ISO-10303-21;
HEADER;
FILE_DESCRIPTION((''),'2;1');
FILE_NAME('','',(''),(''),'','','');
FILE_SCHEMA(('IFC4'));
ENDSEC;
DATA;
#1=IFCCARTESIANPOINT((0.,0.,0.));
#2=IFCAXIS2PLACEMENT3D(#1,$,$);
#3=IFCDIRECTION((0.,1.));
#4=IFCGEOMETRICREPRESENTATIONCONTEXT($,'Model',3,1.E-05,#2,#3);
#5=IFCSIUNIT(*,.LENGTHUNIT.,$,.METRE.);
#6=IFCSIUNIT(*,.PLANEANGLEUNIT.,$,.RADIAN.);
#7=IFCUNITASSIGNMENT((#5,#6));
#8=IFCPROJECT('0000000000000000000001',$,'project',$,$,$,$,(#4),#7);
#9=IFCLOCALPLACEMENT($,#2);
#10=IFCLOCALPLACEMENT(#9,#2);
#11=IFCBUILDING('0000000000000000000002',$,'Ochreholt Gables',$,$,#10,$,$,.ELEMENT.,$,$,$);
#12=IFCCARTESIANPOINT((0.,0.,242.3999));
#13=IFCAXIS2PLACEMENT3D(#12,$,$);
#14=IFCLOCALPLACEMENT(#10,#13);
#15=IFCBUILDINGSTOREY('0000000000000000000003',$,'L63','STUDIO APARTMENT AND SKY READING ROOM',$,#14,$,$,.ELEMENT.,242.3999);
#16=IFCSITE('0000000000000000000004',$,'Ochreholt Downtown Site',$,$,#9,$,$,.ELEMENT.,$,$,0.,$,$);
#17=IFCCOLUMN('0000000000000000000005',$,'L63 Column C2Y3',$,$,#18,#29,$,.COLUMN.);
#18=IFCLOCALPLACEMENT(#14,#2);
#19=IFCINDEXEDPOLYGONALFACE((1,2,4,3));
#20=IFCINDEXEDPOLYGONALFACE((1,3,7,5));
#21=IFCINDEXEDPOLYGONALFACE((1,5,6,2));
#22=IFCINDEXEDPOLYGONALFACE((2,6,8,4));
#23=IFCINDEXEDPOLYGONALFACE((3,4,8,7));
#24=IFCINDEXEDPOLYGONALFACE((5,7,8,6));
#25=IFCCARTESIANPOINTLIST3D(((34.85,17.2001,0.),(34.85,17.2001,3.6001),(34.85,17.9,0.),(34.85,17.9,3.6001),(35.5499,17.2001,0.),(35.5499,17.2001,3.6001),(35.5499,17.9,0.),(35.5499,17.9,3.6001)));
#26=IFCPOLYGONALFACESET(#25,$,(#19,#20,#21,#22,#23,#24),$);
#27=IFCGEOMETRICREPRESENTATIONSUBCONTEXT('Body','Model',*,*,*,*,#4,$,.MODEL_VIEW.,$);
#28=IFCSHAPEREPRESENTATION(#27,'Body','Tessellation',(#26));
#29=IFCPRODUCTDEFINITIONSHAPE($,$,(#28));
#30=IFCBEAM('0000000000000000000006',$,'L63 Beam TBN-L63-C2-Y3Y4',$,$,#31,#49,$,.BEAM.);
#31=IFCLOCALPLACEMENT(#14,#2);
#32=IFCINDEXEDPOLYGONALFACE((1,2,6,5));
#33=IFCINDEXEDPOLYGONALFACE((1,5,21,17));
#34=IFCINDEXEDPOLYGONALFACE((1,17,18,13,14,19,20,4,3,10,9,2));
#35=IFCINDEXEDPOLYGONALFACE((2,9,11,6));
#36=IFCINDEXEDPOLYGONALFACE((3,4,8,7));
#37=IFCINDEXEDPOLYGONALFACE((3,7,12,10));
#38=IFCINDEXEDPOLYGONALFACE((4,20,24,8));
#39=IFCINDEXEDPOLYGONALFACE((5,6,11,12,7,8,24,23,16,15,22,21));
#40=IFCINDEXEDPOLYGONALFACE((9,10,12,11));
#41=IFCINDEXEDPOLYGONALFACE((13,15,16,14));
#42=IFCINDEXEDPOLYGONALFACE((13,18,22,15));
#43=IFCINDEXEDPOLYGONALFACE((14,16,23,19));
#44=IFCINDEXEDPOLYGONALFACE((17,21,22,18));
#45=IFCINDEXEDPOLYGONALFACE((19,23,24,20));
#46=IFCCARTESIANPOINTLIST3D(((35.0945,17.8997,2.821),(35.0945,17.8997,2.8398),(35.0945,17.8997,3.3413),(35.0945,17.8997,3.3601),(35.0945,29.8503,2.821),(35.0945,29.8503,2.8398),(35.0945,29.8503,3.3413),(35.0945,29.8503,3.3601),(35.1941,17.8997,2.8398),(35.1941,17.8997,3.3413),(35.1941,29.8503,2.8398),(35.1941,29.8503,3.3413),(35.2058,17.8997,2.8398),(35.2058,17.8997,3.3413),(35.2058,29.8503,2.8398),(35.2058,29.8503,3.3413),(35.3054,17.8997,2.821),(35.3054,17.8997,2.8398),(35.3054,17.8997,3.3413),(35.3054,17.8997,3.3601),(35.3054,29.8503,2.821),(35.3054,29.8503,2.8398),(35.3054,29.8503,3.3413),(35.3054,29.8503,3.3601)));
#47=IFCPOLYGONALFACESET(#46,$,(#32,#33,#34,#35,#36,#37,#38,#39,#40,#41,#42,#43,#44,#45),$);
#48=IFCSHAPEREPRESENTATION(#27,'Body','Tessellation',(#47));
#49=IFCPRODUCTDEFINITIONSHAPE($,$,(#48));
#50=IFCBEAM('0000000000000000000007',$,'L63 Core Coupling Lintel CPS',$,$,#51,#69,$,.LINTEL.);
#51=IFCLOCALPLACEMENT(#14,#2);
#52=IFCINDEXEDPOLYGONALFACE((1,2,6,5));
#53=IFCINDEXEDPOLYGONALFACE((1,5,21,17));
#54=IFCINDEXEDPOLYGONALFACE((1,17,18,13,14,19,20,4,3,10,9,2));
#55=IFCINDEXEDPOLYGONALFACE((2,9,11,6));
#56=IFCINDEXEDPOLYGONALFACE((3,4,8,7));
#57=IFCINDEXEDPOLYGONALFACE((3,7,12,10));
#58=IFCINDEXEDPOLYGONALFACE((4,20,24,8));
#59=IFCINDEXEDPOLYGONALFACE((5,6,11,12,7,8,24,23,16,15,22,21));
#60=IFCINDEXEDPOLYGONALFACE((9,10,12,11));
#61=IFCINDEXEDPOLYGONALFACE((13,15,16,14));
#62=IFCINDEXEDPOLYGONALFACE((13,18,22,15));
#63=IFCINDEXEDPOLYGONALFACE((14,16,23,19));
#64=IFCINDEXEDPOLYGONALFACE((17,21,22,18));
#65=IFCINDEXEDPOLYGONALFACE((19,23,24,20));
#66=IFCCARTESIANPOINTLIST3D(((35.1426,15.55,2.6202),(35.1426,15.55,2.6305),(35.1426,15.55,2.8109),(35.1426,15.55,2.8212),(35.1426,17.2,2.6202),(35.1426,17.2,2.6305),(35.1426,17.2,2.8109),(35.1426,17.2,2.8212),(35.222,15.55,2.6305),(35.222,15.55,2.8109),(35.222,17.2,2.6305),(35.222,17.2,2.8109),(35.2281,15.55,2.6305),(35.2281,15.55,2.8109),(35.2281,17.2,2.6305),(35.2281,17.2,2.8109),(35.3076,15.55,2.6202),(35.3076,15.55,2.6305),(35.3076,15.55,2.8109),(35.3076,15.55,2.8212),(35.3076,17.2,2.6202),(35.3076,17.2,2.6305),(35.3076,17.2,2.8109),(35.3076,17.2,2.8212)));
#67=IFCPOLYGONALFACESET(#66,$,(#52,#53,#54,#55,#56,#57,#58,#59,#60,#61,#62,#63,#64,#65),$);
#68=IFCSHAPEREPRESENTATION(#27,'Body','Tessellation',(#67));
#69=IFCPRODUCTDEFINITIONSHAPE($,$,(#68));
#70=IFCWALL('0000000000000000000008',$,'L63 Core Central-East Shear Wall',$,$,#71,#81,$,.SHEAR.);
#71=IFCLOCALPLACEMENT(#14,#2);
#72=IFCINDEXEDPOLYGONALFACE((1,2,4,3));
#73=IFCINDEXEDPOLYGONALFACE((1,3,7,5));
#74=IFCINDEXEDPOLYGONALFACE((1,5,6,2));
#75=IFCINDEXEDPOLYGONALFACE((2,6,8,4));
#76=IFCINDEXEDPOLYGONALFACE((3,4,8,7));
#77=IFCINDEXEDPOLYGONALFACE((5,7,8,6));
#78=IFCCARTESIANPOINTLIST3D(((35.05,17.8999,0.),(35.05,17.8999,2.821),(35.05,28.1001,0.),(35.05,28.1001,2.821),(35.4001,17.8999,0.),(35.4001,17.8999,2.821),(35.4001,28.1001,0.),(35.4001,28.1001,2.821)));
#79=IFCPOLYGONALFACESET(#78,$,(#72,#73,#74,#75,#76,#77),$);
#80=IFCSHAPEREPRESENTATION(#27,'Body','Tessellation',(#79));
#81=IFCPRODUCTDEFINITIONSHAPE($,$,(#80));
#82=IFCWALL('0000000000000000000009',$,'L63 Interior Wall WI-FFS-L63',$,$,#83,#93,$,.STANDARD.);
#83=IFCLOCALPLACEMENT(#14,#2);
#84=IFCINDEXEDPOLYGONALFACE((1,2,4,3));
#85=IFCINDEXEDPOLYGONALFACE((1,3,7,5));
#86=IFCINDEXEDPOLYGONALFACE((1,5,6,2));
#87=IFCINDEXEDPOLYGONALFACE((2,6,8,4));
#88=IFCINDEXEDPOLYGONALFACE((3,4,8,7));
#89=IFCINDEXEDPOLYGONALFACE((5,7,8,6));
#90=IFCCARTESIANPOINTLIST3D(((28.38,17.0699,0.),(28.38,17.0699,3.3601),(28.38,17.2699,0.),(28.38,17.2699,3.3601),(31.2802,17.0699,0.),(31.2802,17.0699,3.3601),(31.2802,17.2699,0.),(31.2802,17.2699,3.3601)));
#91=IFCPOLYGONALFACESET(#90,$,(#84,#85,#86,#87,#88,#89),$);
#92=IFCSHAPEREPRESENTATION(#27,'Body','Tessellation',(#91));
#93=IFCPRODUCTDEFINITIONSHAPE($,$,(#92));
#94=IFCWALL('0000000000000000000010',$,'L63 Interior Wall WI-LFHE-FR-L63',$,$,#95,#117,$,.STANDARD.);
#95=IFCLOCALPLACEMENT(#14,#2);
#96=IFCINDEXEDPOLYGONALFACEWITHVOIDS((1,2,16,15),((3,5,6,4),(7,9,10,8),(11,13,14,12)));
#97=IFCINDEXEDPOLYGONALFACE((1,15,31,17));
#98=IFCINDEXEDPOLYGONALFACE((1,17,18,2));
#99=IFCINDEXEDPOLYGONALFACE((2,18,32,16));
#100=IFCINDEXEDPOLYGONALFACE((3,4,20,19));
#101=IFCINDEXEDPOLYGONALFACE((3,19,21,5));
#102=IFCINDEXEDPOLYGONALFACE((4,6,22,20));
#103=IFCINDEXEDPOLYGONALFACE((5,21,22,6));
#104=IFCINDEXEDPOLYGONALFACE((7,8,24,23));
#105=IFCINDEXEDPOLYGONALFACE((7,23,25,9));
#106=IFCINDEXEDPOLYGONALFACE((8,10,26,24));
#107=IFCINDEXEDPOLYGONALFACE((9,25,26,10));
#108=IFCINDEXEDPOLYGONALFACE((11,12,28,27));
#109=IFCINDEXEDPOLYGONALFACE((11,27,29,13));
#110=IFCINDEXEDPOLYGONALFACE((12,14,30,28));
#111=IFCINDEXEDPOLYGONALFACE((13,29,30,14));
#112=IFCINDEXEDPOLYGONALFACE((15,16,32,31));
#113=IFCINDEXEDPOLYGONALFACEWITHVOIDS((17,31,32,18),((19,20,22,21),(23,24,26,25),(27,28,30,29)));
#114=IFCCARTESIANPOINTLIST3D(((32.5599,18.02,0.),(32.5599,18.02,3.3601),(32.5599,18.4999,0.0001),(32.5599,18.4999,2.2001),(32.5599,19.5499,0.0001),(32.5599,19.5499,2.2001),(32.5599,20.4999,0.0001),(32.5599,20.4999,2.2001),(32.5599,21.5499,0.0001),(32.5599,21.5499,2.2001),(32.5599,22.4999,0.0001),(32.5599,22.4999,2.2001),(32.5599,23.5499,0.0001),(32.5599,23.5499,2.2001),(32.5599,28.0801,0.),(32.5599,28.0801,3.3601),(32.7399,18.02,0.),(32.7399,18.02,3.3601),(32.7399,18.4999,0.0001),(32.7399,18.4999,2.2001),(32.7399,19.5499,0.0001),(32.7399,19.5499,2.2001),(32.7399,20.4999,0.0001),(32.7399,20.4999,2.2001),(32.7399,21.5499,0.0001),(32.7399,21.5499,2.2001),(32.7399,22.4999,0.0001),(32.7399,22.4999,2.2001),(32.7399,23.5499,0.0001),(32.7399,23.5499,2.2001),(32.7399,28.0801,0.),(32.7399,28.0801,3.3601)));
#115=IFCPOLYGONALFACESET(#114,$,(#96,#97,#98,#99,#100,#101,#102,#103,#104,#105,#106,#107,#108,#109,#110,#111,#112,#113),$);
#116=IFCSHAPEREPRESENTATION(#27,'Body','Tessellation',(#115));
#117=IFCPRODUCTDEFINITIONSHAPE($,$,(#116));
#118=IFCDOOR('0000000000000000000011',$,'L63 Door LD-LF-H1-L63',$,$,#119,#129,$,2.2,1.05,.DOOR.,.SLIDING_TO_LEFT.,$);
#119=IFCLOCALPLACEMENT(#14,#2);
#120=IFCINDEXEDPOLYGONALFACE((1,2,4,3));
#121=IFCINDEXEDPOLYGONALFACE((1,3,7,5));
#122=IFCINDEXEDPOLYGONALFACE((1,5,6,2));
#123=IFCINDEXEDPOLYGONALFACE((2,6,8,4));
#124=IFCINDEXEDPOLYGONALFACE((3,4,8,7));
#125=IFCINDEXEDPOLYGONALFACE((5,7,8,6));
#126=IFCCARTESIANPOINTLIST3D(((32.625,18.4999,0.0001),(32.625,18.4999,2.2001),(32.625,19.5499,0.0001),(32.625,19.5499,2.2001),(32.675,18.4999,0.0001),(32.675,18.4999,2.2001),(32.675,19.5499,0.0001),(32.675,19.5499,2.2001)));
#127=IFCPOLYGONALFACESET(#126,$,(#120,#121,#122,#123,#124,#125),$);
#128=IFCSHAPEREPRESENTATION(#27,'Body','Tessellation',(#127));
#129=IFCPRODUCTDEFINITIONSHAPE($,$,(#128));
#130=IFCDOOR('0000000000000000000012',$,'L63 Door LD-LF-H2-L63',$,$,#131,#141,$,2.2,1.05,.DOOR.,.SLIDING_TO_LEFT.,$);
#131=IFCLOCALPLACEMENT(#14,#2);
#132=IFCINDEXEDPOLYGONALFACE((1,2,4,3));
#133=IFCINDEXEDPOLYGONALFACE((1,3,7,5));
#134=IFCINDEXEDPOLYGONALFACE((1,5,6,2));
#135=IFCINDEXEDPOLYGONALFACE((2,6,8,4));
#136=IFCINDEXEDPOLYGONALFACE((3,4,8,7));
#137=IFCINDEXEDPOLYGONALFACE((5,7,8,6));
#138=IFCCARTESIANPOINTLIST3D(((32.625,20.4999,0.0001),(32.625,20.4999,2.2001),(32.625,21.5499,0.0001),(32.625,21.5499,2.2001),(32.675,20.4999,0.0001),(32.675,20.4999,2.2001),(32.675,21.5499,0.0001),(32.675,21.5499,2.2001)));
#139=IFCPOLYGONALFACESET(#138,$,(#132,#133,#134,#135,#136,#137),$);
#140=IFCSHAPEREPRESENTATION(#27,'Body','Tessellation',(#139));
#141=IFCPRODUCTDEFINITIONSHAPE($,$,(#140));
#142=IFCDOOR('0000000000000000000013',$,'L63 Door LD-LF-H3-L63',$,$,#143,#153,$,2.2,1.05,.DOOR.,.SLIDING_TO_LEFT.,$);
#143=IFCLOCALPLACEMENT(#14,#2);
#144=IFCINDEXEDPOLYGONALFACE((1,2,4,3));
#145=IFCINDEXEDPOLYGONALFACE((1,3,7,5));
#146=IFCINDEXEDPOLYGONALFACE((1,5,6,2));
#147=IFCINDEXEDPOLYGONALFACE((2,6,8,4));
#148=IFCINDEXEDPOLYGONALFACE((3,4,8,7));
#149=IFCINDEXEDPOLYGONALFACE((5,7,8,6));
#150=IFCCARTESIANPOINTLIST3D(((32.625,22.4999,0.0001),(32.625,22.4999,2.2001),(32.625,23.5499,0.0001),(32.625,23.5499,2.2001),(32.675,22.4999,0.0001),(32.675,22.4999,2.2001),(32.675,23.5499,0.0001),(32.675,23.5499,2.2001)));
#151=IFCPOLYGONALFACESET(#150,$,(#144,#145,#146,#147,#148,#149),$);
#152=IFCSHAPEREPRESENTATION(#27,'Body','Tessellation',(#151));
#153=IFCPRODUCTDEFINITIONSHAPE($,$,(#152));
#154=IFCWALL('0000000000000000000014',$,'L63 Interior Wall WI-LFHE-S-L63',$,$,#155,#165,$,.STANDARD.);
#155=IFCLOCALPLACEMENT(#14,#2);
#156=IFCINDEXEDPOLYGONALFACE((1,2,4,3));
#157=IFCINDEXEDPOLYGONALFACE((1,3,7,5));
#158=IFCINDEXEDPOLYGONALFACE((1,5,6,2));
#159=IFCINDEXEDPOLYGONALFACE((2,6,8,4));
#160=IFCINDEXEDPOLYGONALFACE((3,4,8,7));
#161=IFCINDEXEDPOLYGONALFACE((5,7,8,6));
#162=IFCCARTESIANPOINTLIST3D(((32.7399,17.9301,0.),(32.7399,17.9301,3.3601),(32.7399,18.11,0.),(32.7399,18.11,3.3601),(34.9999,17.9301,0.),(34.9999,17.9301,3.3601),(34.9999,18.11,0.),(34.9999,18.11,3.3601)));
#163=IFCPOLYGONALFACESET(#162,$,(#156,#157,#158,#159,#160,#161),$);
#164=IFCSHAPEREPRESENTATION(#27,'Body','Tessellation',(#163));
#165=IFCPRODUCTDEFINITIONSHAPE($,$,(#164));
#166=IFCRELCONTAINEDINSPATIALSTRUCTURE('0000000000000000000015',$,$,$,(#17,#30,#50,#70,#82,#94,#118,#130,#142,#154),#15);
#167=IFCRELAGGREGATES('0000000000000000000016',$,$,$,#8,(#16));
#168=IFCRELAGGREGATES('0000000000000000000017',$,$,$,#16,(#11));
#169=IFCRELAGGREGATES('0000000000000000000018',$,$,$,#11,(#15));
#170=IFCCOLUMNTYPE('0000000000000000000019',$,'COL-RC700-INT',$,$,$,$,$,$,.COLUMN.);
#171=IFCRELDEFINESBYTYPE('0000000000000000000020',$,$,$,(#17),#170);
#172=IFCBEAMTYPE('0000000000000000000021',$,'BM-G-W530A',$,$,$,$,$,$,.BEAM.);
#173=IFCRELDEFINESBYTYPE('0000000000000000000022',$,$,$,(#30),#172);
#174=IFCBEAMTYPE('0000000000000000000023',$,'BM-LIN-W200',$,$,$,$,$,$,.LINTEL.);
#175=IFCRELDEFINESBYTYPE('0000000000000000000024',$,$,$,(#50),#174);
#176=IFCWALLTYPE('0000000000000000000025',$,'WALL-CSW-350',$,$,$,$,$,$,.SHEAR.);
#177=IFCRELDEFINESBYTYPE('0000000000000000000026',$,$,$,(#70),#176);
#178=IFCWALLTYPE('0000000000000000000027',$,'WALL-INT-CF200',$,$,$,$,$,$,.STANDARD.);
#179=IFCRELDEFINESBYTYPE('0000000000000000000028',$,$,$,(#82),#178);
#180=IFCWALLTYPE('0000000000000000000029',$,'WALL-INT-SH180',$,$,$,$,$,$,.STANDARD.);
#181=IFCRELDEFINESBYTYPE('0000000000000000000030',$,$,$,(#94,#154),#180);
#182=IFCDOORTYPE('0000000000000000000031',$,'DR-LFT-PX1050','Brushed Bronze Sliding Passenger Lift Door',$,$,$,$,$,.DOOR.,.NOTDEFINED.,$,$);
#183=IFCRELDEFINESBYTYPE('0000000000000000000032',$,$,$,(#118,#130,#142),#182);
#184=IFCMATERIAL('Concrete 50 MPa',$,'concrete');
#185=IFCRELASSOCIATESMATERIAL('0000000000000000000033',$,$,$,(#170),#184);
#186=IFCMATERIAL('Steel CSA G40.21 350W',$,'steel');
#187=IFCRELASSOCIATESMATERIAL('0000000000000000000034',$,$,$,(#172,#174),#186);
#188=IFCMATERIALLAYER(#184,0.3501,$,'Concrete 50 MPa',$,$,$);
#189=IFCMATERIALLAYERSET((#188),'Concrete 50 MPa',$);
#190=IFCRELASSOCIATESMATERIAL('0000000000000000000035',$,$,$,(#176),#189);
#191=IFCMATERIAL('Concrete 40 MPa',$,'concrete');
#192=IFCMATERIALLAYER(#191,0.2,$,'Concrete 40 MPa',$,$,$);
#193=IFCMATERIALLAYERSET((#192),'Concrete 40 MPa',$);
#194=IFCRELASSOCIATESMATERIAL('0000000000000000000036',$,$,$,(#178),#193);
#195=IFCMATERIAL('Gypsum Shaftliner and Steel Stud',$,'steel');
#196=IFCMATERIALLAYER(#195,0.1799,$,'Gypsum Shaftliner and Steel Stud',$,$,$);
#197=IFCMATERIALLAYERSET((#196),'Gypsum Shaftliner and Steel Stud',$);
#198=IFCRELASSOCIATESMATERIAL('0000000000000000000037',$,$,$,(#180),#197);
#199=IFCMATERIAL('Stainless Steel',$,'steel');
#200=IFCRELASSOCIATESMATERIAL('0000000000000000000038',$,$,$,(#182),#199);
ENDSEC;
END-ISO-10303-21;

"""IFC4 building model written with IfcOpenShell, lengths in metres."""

from ifc_helpers import new_model, si_unit, direction, frame, frame_2d, origin, origin_2d, place, context, subcontext, project, spatial, rectangle, i_section, extrude, material, layer, layer_set, material_profile, profile_set, type_object, element, fill, save


model = new_model("IFC4")

# Units and contexts
model_context = context("Model", 3, precision=1e-05, world=origin(), true_north=direction((0.0, 1.0)))
body_context = subcontext(model_context, "Body", "Model", "MODEL_VIEW")
ifc_project = project(units=[si_unit("LENGTHUNIT", "METRE"), si_unit("PLANEANGLEUNIT", "RADIAN")], contexts=[model_context])

# Site, building, storey
site_placement = place(None, origin())
site = spatial("IfcSite", under=ifc_project, at=site_placement, Name="Ochreholt Downtown Site", CompositionType="ELEMENT", RefElevation=0.0)
building_placement = place(site_placement, origin())
building = spatial("IfcBuilding", under=site, at=building_placement, Name="Ochreholt Gables", CompositionType="ELEMENT")
storey_placement = place(building_placement, frame((0.0, 0.0, 242.3999)))
storey = spatial("IfcBuildingStorey", under=building, at=storey_placement, Name="L63", Description="STUDIO APARTMENT AND SKY READING ROOM", CompositionType="ELEMENT", Elevation=242.3999)

# Column
ifc_material_1 = material(Name="Concrete 50 MPa", Category="concrete")
ifc_material_profile_1 = material_profile(ifc_material_1, rectangle(XDim=0.7, YDim=0.7, at=origin_2d()), Name="RC700X700")
ifc_profile_set_1 = profile_set([ifc_material_profile_1], Name="Concrete 50 MPa")
column_type = type_object("IfcColumnType", Name="COL-RC700-INT", PredefinedType="COLUMN", material=ifc_profile_set_1)
column_placement = place(storey_placement, frame((35.2, 17.55, 0.0), z_axis=(0.0, 0.0, 1.0), x_axis=(1.0, 0.0, 0.0)))
element("IfcColumn", 1, at=column_placement, inside=storey, type_object=column_type, Name="L63 Column C2Y3", PredefinedType="COLUMN", context=body_context, shape_type="SweptSolid", body=[
    extrude(rectangle(XDim=0.7, YDim=0.7, at=origin_2d()), origin(), (0.0, 0.0, 1.0), 3.6001),
])

# Beams
ifc_material_2 = material(Name="Steel CSA G40.21 350W", Category="steel")
ifc_material_profile_2 = material_profile(ifc_material_2, i_section(OverallWidth=0.2109, OverallDepth=0.5391, WebThickness=0.0117, FlangeThickness=0.0188, at=origin_2d()), Name="W530X109")
ifc_profile_set_2 = profile_set([ifc_material_profile_2], Name="Steel CSA G40.21 350W")
beam_type_1 = type_object("IfcBeamType", Name="BM-G-W530A", PredefinedType="BEAM", material=ifc_profile_set_2)
beam_1_placement = place(storey_placement, frame((35.2, 17.8997, 3.0906), z_axis=(0.0, 1.0, 0.0), x_axis=(-1.0, 0.0, 0.0)))
element("IfcBeam", 2, at=beam_1_placement, inside=storey, type_object=beam_type_1, Name="L63 Beam TBN-L63-C2-Y3Y4", PredefinedType="BEAM", context=body_context, shape_type="SweptSolid", body=[
    extrude(i_section(OverallWidth=0.2109, OverallDepth=0.5391, WebThickness=0.0117, FlangeThickness=0.0188, at=origin_2d()), origin(), (0.0, 0.0, 1.0), 11.9507),
])
ifc_material_profile_3 = material_profile(ifc_material_2, i_section(OverallWidth=0.165, OverallDepth=0.2009, WebThickness=0.0061, FlangeThickness=0.0103, at=origin_2d()), Name="W200X36")
ifc_profile_set_3 = profile_set([ifc_material_profile_3], Name="Steel CSA G40.21 350W")
beam_type_2 = type_object("IfcBeamType", Name="BM-LIN-W200", PredefinedType="LINTEL", material=ifc_profile_set_3)
beam_2_placement = place(storey_placement, frame((35.2251, 15.55, 2.7207), z_axis=(0.0, 1.0, 0.0), x_axis=(-1.0, 0.0, 0.0)))
element("IfcBeam", 3, at=beam_2_placement, inside=storey, type_object=beam_type_2, Name="L63 Core Coupling Lintel CPS", PredefinedType="LINTEL", context=body_context, shape_type="SweptSolid", body=[
    extrude(i_section(OverallWidth=0.165, OverallDepth=0.2009, WebThickness=0.0061, FlangeThickness=0.0103, at=origin_2d()), origin(), (0.0, 0.0, 1.0), 1.6499),
])

# Walls
ifc_layer_1 = layer(ifc_material_1, 0.3501, Name="Concrete 50 MPa")
ifc_layer_set_1 = layer_set([ifc_layer_1], Name="Concrete 50 MPa")
wall_type_1 = type_object("IfcWallType", Name="WALL-CSW-350", PredefinedType="SHEAR", material=ifc_layer_set_1)
wall_1_placement = place(storey_placement, frame((35.2251, 17.8999, 0.0), z_axis=(0.0, 0.0, 1.0), x_axis=(0.0, 1.0, 0.0)))
element("IfcWall", 4, at=wall_1_placement, inside=storey, type_object=wall_type_1, Name="L63 Core Central-East Shear Wall", PredefinedType="SHEAR", context=body_context, shape_type="SweptSolid", body=[
    extrude(rectangle(XDim=10.2002, YDim=0.3501, at=frame_2d((5.1001, 0.0))), origin(), (0.0, 0.0, 1.0), 2.821),
])
ifc_material_3 = material(Name="Concrete 40 MPa", Category="concrete")
ifc_layer_2 = layer(ifc_material_3, 0.2, Name="Concrete 40 MPa")
ifc_layer_set_2 = layer_set([ifc_layer_2], Name="Concrete 40 MPa")
wall_type_2 = type_object("IfcWallType", Name="WALL-INT-CF200", PredefinedType="STANDARD", material=ifc_layer_set_2)
wall_2_placement = place(storey_placement, frame((28.3799, 17.1699, 0.0), z_axis=(0.0, 0.0, 1.0), x_axis=(1.0, 0.0, 0.0)))
element("IfcWall", 5, at=wall_2_placement, inside=storey, type_object=wall_type_2, Name="L63 Interior Wall WI-FFS-L63", PredefinedType="STANDARD", context=body_context, shape_type="SweptSolid", body=[
    extrude(rectangle(XDim=2.9001, YDim=0.2, at=frame_2d((1.4502, 0.0))), origin(), (0.0, 0.0, 1.0), 3.3601),
])

# Wall, openings, doors
ifc_material_4 = material(Name="Gypsum Shaftliner and Steel Stud", Category="steel")
ifc_layer_3 = layer(ifc_material_4, 0.1799, Name="Gypsum Shaftliner and Steel Stud")
ifc_layer_set_3 = layer_set([ifc_layer_3], Name="Gypsum Shaftliner and Steel Stud")
wall_type_3 = type_object("IfcWallType", Name="WALL-INT-SH180", PredefinedType="STANDARD", material=ifc_layer_set_3)
wall_3_placement = place(storey_placement, frame((32.6499, 18.02, 0.0), z_axis=(0.0, 0.0, 1.0), x_axis=(0.0, 1.0, 0.0)))
wall_3 = element("IfcWall", 6, at=wall_3_placement, inside=storey, type_object=wall_type_3, Name="L63 Interior Wall WI-LFHE-FR-L63", PredefinedType="STANDARD", context=body_context, shape_type="SweptSolid", body=[
    extrude(rectangle(XDim=10.0601, YDim=0.1799, at=frame_2d((5.03, 0.0))), origin(), (0.0, 0.0, 1.0), 3.3601),
])
opening_1_placement = place(wall_3_placement, frame((0.48, 0.0, 0.0)))
opening_1 = element("IfcOpeningElement", 7, at=opening_1_placement, cuts=wall_3, PredefinedType="OPENING", context=body_context, shape_type="SweptSolid", body=[
    extrude(rectangle(XDim=1.05, YDim=2.2, at=frame_2d((0.5249, 1.1001))), frame((0.0, 0.0999, 0.0), z_axis=(0.0, -1.0, 0.0), x_axis=(1.0, 0.0, 0.0)), (0.0, 0.0, 1.0), 0.2),
])
opening_2_placement = place(wall_3_placement, frame((2.48, 0.0, 0.0)))
opening_2 = element("IfcOpeningElement", 8, at=opening_2_placement, cuts=wall_3, PredefinedType="OPENING", context=body_context, shape_type="SweptSolid", body=[
    extrude(rectangle(XDim=1.05, YDim=2.2, at=frame_2d((0.5249, 1.1001))), frame((0.0, 0.0999, 0.0), z_axis=(0.0, -1.0, 0.0), x_axis=(1.0, 0.0, 0.0)), (0.0, 0.0, 1.0), 0.2),
])
opening_3_placement = place(wall_3_placement, frame((4.48, 0.0, 0.0)))
opening_3 = element("IfcOpeningElement", 9, at=opening_3_placement, cuts=wall_3, PredefinedType="OPENING", context=body_context, shape_type="SweptSolid", body=[
    extrude(rectangle(XDim=1.05, YDim=2.2, at=frame_2d((0.5249, 1.1001))), frame((0.0, 0.0999, 0.0), z_axis=(0.0, -1.0, 0.0), x_axis=(1.0, 0.0, 0.0)), (0.0, 0.0, 1.0), 0.2),
])
ifc_material_5 = material(Name="Stainless Steel", Category="steel")
door_type_1 = type_object("IfcDoorType", Name="DR-LFT-PX1050", Description="Brushed Bronze Sliding Passenger Lift Door", OperationType="NOTDEFINED", PredefinedType="DOOR", material=ifc_material_5)
door_1_placement = place(opening_1_placement, origin())
door_1 = element("IfcDoor", 10, at=door_1_placement, inside=storey, type_object=door_type_1, Name="L63 Door LD-LF-H1-L63", OperationType="SLIDING_TO_LEFT", OverallHeight=2.2, OverallWidth=1.05, PredefinedType="DOOR", context=body_context, shape_type="SweptSolid", body=[
    extrude(rectangle(XDim=1.05, YDim=2.2, at=frame_2d((0.5249, 1.1001))), frame((0.0, 0.0249, 0.0), z_axis=(0.0, -1.0, 0.0), x_axis=(1.0, 0.0, 0.0)), (0.0, 0.0, 1.0), 0.05),
])
fill(opening_1, door_1)
door_2_placement = place(opening_2_placement, origin())
door_2 = element("IfcDoor", 11, at=door_2_placement, inside=storey, type_object=door_type_1, Name="L63 Door LD-LF-H2-L63", OperationType="SLIDING_TO_LEFT", OverallHeight=2.2, OverallWidth=1.05, PredefinedType="DOOR", context=body_context, shape_type="SweptSolid", body=[
    extrude(rectangle(XDim=1.05, YDim=2.2, at=frame_2d((0.5249, 1.1001))), frame((0.0, 0.0249, 0.0), z_axis=(0.0, -1.0, 0.0), x_axis=(1.0, 0.0, 0.0)), (0.0, 0.0, 1.0), 0.05),
])
fill(opening_2, door_2)
door_3_placement = place(opening_3_placement, origin())
door_3 = element("IfcDoor", 12, at=door_3_placement, inside=storey, type_object=door_type_1, Name="L63 Door LD-LF-H3-L63", OperationType="SLIDING_TO_LEFT", OverallHeight=2.2, OverallWidth=1.05, PredefinedType="DOOR", context=body_context, shape_type="SweptSolid", body=[
    extrude(rectangle(XDim=1.05, YDim=2.2, at=frame_2d((0.5249, 1.1001))), frame((0.0, 0.0249, 0.0), z_axis=(0.0, -1.0, 0.0), x_axis=(1.0, 0.0, 0.0)), (0.0, 0.0, 1.0), 0.05),
])
fill(opening_3, door_3)

# Wall
wall_4_placement = place(storey_placement, frame((32.74, 18.02, 0.0), z_axis=(0.0, 0.0, 1.0), x_axis=(1.0, 0.0, 0.0)))
element("IfcWall", 13, at=wall_4_placement, inside=storey, type_object=wall_type_3, Name="L63 Interior Wall WI-LFHE-S-L63", PredefinedType="STANDARD", context=body_context, shape_type="SweptSolid", body=[
    extrude(rectangle(XDim=2.26, YDim=0.1799, at=frame_2d((1.1299, 0.0))), origin(), (0.0, 0.0, 1.0), 3.3601),
])

save(model, "model.ifc")
